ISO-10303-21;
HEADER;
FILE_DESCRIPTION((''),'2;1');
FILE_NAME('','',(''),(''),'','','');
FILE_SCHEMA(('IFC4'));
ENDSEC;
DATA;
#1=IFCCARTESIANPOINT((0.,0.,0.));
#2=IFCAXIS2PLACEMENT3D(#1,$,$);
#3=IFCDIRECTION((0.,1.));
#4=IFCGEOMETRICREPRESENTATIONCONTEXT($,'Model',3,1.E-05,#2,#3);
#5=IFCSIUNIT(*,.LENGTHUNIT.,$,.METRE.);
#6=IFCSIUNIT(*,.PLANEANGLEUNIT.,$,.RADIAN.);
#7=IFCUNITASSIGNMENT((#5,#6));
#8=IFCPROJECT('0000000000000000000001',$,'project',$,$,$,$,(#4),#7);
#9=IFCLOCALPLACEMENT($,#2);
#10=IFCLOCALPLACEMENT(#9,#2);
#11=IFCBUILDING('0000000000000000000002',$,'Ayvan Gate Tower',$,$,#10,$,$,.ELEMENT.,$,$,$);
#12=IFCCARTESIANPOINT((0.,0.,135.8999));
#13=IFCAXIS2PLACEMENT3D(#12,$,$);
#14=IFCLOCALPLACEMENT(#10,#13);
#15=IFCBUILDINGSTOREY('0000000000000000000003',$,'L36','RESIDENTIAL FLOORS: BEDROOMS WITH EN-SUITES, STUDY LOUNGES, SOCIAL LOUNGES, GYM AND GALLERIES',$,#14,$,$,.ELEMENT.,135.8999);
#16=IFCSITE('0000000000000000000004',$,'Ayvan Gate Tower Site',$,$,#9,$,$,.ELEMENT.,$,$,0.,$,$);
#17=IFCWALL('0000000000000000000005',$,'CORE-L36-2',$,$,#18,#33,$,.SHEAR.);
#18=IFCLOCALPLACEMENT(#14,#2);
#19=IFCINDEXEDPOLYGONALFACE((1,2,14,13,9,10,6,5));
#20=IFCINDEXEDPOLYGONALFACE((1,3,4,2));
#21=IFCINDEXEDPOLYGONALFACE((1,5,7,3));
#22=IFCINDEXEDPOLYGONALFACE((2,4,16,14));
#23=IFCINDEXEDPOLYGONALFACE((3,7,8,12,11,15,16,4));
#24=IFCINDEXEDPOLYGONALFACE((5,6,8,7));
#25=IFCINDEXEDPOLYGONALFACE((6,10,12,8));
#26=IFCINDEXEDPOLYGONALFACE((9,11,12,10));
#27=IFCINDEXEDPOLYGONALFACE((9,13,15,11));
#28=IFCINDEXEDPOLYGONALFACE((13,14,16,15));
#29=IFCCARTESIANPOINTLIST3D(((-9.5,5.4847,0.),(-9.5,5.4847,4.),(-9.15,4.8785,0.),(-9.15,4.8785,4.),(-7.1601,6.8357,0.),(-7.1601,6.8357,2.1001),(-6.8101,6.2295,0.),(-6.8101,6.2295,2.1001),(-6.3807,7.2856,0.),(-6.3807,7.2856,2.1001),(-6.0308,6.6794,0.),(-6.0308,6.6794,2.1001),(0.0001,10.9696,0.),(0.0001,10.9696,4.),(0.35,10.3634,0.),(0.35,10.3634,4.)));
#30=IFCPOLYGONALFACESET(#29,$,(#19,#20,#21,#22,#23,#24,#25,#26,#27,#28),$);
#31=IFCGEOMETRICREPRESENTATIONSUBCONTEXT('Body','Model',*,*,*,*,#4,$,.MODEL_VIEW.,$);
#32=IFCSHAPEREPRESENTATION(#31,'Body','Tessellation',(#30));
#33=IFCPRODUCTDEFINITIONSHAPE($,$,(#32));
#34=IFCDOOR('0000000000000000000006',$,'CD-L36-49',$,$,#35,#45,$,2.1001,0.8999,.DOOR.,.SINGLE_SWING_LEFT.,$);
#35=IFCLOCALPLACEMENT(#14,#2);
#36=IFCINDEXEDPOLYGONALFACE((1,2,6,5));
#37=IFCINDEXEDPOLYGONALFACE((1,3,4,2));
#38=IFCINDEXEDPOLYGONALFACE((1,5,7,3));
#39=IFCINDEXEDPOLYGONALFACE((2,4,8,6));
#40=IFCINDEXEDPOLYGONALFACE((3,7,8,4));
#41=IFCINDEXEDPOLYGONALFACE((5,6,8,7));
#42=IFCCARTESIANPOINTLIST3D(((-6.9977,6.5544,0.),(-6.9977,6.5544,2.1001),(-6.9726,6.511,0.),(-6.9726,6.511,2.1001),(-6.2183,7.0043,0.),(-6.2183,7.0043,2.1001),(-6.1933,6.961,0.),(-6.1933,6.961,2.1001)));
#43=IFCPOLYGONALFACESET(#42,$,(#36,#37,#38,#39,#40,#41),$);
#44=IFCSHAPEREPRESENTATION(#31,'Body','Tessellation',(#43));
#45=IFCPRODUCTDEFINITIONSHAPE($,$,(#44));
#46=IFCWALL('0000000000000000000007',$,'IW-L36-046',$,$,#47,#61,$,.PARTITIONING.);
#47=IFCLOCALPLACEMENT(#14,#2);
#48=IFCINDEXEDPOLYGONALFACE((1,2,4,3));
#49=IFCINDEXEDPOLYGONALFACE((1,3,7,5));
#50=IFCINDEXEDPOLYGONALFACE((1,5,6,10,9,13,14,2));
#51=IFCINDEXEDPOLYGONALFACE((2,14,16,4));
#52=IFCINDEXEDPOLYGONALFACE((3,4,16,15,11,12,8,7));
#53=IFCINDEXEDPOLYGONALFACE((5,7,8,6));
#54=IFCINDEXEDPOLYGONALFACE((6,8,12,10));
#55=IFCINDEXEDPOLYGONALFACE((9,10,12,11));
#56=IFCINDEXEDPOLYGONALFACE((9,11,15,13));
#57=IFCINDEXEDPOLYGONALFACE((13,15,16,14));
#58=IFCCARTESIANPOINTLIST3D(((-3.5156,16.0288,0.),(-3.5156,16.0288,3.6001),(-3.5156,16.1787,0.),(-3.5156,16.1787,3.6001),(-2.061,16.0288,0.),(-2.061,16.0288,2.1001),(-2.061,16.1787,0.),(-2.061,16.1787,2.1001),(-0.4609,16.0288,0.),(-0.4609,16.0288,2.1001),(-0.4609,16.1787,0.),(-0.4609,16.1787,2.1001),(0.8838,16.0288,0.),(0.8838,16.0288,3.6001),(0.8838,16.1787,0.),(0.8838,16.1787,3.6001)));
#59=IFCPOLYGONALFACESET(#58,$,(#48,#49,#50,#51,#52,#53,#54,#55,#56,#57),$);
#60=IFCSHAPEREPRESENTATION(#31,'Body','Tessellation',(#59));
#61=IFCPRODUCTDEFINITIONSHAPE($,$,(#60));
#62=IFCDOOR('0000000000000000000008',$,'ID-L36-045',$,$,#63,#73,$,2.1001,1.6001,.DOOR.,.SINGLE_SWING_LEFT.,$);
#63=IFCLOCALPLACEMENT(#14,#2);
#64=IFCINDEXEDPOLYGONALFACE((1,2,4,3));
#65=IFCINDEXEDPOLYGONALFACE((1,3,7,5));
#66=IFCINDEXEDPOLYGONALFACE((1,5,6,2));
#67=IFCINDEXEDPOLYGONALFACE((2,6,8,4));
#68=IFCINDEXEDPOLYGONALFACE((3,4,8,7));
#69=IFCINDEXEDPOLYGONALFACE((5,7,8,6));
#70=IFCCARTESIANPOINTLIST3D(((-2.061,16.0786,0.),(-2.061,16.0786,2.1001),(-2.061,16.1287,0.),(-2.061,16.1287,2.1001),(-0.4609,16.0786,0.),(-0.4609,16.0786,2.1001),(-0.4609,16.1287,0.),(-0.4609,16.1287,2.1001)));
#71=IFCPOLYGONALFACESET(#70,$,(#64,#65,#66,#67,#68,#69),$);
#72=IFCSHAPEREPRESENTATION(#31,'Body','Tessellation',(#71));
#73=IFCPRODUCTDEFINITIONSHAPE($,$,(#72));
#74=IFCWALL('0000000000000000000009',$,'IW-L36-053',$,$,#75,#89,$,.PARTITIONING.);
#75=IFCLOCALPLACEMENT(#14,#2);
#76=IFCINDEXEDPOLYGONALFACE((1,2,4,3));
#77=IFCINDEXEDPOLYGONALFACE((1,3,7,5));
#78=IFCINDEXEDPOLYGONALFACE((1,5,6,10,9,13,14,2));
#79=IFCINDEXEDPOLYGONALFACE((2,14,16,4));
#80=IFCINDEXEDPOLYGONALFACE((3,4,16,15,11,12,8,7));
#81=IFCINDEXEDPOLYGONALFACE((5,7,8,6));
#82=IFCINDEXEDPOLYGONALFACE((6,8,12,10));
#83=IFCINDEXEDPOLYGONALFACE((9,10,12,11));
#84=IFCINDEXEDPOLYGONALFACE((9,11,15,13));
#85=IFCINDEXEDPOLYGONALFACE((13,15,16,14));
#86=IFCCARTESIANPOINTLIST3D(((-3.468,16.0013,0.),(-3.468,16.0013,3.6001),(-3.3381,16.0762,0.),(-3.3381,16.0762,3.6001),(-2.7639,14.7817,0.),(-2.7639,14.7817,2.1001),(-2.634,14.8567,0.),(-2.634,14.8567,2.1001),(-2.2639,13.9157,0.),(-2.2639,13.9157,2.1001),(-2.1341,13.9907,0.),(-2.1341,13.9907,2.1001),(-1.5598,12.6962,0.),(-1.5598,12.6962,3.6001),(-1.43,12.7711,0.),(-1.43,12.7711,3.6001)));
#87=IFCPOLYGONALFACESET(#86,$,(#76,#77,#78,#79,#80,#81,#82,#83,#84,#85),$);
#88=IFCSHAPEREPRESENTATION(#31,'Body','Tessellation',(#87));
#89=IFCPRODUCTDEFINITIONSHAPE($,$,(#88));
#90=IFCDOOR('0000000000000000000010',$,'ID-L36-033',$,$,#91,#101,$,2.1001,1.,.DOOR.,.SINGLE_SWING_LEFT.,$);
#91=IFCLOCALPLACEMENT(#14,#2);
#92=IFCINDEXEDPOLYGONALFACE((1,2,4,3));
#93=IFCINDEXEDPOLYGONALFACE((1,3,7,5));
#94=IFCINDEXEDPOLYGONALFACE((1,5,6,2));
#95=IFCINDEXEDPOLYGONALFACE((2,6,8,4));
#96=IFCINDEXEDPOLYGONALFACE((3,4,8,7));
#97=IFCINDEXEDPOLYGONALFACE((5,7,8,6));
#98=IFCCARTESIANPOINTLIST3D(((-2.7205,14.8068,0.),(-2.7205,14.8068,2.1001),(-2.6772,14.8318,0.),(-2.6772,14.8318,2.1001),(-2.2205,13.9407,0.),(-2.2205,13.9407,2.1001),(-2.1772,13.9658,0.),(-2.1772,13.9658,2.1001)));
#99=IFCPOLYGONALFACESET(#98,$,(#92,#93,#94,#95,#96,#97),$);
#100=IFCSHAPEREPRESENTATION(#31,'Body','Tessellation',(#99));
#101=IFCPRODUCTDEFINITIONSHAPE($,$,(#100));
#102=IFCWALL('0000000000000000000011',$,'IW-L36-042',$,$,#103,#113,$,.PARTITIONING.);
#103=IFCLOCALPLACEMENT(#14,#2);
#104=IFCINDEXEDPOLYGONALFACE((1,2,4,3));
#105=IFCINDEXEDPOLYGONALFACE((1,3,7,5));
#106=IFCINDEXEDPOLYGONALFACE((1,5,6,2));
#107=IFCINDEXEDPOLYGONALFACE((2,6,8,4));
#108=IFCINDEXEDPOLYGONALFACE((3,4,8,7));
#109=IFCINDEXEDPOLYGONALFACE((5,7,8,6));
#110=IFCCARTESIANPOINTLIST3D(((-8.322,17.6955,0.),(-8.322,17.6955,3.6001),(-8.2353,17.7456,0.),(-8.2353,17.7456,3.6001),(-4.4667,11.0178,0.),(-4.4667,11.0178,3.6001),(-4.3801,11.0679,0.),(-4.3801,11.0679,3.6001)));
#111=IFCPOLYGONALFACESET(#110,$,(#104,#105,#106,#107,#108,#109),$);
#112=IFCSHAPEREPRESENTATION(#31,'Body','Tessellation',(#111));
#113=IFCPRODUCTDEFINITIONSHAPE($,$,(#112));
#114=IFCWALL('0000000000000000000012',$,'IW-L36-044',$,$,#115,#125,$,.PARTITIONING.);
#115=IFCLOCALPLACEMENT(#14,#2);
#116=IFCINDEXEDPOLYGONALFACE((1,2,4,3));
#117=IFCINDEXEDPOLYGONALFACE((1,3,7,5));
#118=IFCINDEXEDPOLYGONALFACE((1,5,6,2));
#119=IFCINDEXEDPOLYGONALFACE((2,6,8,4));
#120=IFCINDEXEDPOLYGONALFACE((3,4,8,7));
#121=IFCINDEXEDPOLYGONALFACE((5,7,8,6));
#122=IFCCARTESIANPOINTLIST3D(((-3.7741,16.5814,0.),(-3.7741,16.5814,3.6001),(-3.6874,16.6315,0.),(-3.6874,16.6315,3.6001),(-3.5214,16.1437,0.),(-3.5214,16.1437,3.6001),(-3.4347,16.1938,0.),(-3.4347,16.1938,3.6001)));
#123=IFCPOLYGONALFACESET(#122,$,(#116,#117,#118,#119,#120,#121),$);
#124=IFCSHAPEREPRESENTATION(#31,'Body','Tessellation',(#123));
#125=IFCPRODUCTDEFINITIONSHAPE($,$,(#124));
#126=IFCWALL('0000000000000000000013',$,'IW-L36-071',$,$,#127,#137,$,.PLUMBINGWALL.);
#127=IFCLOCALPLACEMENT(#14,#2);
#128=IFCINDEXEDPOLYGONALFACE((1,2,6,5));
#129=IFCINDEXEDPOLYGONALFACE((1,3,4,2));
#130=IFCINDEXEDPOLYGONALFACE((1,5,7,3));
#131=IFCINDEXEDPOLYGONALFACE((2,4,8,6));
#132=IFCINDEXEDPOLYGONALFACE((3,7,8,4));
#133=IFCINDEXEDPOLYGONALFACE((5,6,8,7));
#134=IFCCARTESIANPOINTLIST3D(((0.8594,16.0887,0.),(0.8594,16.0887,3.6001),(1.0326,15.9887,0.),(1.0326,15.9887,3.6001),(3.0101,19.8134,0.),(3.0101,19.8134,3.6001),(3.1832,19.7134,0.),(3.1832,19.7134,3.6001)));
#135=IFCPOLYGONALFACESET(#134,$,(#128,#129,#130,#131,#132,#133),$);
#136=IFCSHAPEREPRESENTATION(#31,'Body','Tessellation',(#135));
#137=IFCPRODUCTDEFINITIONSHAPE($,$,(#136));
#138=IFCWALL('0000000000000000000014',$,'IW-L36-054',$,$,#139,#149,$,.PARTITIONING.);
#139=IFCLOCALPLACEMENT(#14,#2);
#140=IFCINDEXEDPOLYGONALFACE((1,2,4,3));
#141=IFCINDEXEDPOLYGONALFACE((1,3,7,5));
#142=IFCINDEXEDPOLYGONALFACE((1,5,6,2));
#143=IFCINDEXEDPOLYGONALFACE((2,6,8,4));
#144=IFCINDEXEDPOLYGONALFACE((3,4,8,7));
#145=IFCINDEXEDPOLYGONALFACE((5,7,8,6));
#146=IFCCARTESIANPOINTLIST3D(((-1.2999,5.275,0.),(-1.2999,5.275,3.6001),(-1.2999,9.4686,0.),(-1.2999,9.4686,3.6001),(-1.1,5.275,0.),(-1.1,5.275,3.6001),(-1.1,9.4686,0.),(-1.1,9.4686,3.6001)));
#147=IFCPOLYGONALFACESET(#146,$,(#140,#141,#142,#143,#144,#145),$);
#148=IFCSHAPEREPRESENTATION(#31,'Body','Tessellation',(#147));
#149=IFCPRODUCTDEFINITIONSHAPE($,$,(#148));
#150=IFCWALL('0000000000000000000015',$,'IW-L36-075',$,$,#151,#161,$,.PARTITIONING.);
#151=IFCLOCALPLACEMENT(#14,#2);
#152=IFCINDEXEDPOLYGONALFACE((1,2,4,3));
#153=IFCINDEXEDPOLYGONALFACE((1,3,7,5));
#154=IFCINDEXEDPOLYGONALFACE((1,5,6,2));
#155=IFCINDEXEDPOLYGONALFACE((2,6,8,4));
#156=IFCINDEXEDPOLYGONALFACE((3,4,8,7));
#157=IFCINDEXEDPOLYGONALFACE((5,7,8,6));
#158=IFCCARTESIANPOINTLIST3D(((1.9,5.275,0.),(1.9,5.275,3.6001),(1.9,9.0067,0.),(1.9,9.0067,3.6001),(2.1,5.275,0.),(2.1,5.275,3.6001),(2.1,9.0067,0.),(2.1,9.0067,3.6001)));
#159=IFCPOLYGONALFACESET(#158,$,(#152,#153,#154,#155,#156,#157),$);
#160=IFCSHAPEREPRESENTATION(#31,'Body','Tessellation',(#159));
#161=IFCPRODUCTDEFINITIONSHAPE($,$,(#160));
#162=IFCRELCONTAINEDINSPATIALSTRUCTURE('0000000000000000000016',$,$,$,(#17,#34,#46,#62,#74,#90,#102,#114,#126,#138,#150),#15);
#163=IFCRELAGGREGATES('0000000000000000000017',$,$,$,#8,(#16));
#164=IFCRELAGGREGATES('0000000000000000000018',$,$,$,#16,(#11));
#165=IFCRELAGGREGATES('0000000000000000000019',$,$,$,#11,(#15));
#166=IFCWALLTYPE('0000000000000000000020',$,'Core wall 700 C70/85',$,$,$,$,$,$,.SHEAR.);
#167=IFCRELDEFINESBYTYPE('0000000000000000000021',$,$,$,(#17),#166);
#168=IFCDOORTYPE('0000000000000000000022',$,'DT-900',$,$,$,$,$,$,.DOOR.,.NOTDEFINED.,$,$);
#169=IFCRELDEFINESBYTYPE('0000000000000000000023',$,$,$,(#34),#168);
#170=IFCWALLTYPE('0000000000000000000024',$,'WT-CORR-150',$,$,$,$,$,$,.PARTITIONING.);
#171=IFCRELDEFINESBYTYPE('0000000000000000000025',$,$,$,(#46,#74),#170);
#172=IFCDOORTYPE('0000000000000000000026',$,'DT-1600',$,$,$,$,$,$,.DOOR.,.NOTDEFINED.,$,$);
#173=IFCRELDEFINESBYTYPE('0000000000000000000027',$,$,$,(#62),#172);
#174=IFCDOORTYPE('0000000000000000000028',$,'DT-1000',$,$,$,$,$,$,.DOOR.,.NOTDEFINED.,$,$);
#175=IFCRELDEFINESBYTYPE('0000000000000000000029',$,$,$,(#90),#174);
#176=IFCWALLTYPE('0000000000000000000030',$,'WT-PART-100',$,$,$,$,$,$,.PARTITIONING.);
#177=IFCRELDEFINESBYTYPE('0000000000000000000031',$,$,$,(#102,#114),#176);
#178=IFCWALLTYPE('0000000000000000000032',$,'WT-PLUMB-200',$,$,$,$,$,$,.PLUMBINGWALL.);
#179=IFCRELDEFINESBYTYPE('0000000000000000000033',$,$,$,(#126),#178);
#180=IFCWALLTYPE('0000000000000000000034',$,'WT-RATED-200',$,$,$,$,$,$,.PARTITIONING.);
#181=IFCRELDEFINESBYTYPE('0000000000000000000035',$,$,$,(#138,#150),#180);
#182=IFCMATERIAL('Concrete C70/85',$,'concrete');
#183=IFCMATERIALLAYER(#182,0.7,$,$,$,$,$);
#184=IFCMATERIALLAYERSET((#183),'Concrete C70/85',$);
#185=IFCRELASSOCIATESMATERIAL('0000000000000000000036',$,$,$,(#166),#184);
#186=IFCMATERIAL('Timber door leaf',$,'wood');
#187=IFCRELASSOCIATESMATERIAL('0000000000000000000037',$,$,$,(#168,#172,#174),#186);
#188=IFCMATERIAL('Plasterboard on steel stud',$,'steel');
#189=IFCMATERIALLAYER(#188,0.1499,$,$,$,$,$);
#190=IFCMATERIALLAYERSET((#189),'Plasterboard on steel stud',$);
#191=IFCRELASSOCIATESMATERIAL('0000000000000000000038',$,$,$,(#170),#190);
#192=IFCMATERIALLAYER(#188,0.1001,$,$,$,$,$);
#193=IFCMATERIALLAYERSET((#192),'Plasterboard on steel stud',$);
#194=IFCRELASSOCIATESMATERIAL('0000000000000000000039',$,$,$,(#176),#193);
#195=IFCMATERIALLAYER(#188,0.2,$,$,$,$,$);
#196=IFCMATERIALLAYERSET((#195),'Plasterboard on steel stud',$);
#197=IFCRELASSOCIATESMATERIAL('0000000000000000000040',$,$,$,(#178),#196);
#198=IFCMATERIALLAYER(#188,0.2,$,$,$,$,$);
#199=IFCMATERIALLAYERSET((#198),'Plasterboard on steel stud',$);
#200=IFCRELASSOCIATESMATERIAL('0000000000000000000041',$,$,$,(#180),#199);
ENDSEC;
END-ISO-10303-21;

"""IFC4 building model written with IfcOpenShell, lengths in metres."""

from ifc_helpers import new_model, si_unit, direction, frame, frame_2d, origin, place, context, subcontext, project, spatial, rectangle, extrude, material, layer, layer_set, type_object, element, fill, save


model = new_model("IFC4")

# Units and contexts
model_context = context("Model", 3, precision=1e-05, world=origin(), true_north=direction((0.0, 1.0)))
body_context = subcontext(model_context, "Body", "Model", "MODEL_VIEW")
ifc_project = project(units=[si_unit("LENGTHUNIT", "METRE"), si_unit("PLANEANGLEUNIT", "RADIAN")], contexts=[model_context])

# Site, building, storey
site_placement = place(None, origin())
site = spatial("IfcSite", under=ifc_project, at=site_placement, Name="Ayvan Gate Tower Site", CompositionType="ELEMENT", RefElevation=0.0)
building_placement = place(site_placement, origin())
building = spatial("IfcBuilding", under=site, at=building_placement, Name="Ayvan Gate Tower", CompositionType="ELEMENT")
storey_placement = place(building_placement, frame((0.0, 0.0, 135.8999)))
storey = spatial("IfcBuildingStorey", under=building, at=storey_placement, Name="L36", Description="RESIDENTIAL FLOORS: BEDROOMS WITH EN-SUITES, STUDY LOUNGES, SOCIAL LOUNGES, GYM AND GALLERIES", CompositionType="ELEMENT", Elevation=135.8999)

# Walls, openings, doors
ifc_material_1 = material(Name="Concrete C70/85", Category="concrete")
ifc_layer_1 = layer(ifc_material_1, 0.7)
ifc_layer_set_1 = layer_set([ifc_layer_1], Name="Concrete C70/85")
wall_type_1 = type_object("IfcWallType", Name="Core wall 700 C70/85", PredefinedType="SHEAR", material=ifc_layer_set_1)
wall_1_placement = place(storey_placement, frame((0.175, 10.6665, 0.0), z_axis=(0.0, 0.0, 1.0), x_axis=(-0.866024, -0.500002, 0.0)))
wall_1 = element("IfcWall", 1, at=wall_1_placement, inside=storey, type_object=wall_type_1, Name="CORE-L36-2", PredefinedType="SHEAR", context=body_context, shape_type="SweptSolid", body=[
    extrude(rectangle(XDim=10.9697, YDim=0.7, at=frame_2d((5.4849, 0.0))), origin(), (0.0, 0.0, 1.0), 4.0),
])
opening_1_placement = place(wall_1_placement, frame((7.3679, 0.0, 0.0)))
opening_1 = element("IfcOpeningElement", 2, at=opening_1_placement, cuts=wall_1, PredefinedType="OPENING", context=body_context, shape_type="SweptSolid", body=[
    extrude(rectangle(XDim=0.8999, YDim=2.1001, at=frame_2d((0.45, 1.05))), frame((0.0, 0.3599, 0.0), z_axis=(0.0, -1.0, 0.0), x_axis=(1.0, 0.0, 0.0)), (0.0, 0.0, 1.0), 0.72),
])
ifc_material_2 = material(Name="Timber door leaf", Category="wood")
door_type_1 = type_object("IfcDoorType", Name="DT-900", OperationType="NOTDEFINED", PredefinedType="DOOR", material=ifc_material_2)
door_1_placement = place(opening_1_placement, origin())
door_1 = element("IfcDoor", 3, at=door_1_placement, inside=storey, type_object=door_type_1, Name="CD-L36-49", OperationType="SINGLE_SWING_LEFT", OverallHeight=2.1001, OverallWidth=0.8999, PredefinedType="DOOR", context=body_context, shape_type="SweptSolid", body=[
    extrude(rectangle(XDim=0.8999, YDim=2.1001, at=frame_2d((0.45, 1.05))), frame((0.0, 0.0249, 0.0), z_axis=(0.0, -1.0, 0.0), x_axis=(1.0, 0.0, 0.0)), (0.0, 0.0, 1.0), 0.05),
])
fill(opening_1, door_1)
ifc_material_3 = material(Name="Plasterboard on steel stud", Category="steel")
ifc_layer_2 = layer(ifc_material_3, 0.1499)
ifc_layer_set_2 = layer_set([ifc_layer_2], Name="Plasterboard on steel stud")
wall_type_2 = type_object("IfcWallType", Name="WT-CORR-150", PredefinedType="PARTITIONING", material=ifc_layer_set_2)
wall_2_placement = place(storey_placement, frame((-3.5156, 16.1038, 0.0), z_axis=(0.0, 0.0, 1.0), x_axis=(1.0, 0.0, 0.0)))
wall_2 = element("IfcWall", 4, at=wall_2_placement, inside=storey, type_object=wall_type_2, Name="IW-L36-046", PredefinedType="PARTITIONING", context=body_context, shape_type="SweptSolid", body=[
    extrude(rectangle(XDim=4.3994, YDim=0.1499, at=frame_2d((2.1997, 0.0))), origin(), (0.0, 0.0, 1.0), 3.6001),
])
opening_2_placement = place(wall_2_placement, frame((1.4546, 0.0, 0.0)))
opening_2 = element("IfcOpeningElement", 5, at=opening_2_placement, cuts=wall_2, PredefinedType="OPENING", context=body_context, shape_type="SweptSolid", body=[
    extrude(rectangle(XDim=1.6001, YDim=2.1001, at=frame_2d((0.8, 1.05))), frame((0.0, 0.085, 0.0), z_axis=(0.0, -1.0, 0.0), x_axis=(1.0, 0.0, 0.0)), (0.0, 0.0, 1.0), 0.1699),
])
door_type_2 = type_object("IfcDoorType", Name="DT-1600", OperationType="NOTDEFINED", PredefinedType="DOOR", material=ifc_material_2)
door_2_placement = place(opening_2_placement, origin())
door_2 = element("IfcDoor", 6, at=door_2_placement, inside=storey, type_object=door_type_2, Name="ID-L36-045", OperationType="SINGLE_SWING_LEFT", OverallHeight=2.1001, OverallWidth=1.6001, PredefinedType="DOOR", context=body_context, shape_type="SweptSolid", body=[
    extrude(rectangle(XDim=1.6001, YDim=2.1001, at=frame_2d((0.8, 1.05))), frame((0.0, 0.0249, 0.0), z_axis=(0.0, -1.0, 0.0), x_axis=(1.0, 0.0, 0.0)), (0.0, 0.0, 1.0), 0.05),
])
fill(opening_2, door_2)
wall_3_placement = place(storey_placement, frame((-1.4949, 12.7336, 0.0), z_axis=(0.0, 0.0, 1.0), x_axis=(-0.499992, 0.86603, 0.0)))
wall_3 = element("IfcWall", 7, at=wall_3_placement, inside=storey, type_object=wall_type_2, Name="IW-L36-053", PredefinedType="PARTITIONING", context=body_context, shape_type="SweptSolid", body=[
    extrude(rectangle(XDim=3.8164, YDim=0.1499, at=frame_2d((1.9082, 0.0))), origin(), (0.0, 0.0, 1.0), 3.6001),
])
opening_3_placement = place(wall_3_placement, frame((1.4082, 0.0, 0.0)))
opening_3 = element("IfcOpeningElement", 8, at=opening_3_placement, cuts=wall_3, PredefinedType="OPENING", context=body_context, shape_type="SweptSolid", body=[
    extrude(rectangle(XDim=1.0, YDim=2.1001, at=frame_2d((0.5, 1.05))), frame((0.0, 0.085, 0.0), z_axis=(0.0, -1.0, 0.0), x_axis=(1.0, 0.0, 0.0)), (0.0, 0.0, 1.0), 0.1699),
])
door_type_3 = type_object("IfcDoorType", Name="DT-1000", OperationType="NOTDEFINED", PredefinedType="DOOR", material=ifc_material_2)
door_3_placement = place(opening_3_placement, origin())
door_3 = element("IfcDoor", 9, at=door_3_placement, inside=storey, type_object=door_type_3, Name="ID-L36-033", OperationType="SINGLE_SWING_LEFT", OverallHeight=2.1001, OverallWidth=1.0, PredefinedType="DOOR", context=body_context, shape_type="SweptSolid", body=[
    extrude(rectangle(XDim=1.0, YDim=2.1001, at=frame_2d((0.5, 1.05))), frame((0.0, 0.0249, 0.0), z_axis=(0.0, -1.0, 0.0), x_axis=(1.0, 0.0, 0.0)), (0.0, 0.0, 1.0), 0.05),
])
fill(opening_3, door_3)

# Walls
ifc_layer_3 = layer(ifc_material_3, 0.1001)
ifc_layer_set_3 = layer_set([ifc_layer_3], Name="Plasterboard on steel stud")
wall_type_3 = type_object("IfcWallType", Name="WT-PART-100", PredefinedType="PARTITIONING", material=ifc_layer_set_3)
wall_4_placement = place(storey_placement, frame((-4.4233, 11.0427, 0.0), z_axis=(0.0, 0.0, 1.0), x_axis=(-0.499984, 0.866035, 0.0)))
element("IfcWall", 10, at=wall_4_placement, inside=storey, type_object=wall_type_3, Name="IW-L36-042", PredefinedType="PARTITIONING", context=body_context, shape_type="SweptSolid", body=[
    extrude(rectangle(XDim=7.7107, YDim=0.1001, at=frame_2d((3.8555, 0.0))), origin(), (0.0, 0.0, 1.0), 3.6001),
])
wall_5_placement = place(storey_placement, frame((-3.7307, 16.6064, 0.0), z_axis=(0.0, 0.0, 1.0), x_axis=(0.499932, -0.866065, 0.0)))
element("IfcWall", 11, at=wall_5_placement, inside=storey, type_object=wall_type_3, Name="IW-L36-044", PredefinedType="PARTITIONING", context=body_context, shape_type="SweptSolid", body=[
    extrude(rectangle(XDim=0.5054, YDim=0.1001, at=frame_2d((0.2527, 0.0))), origin(), (0.0, 0.0, 1.0), 3.6001),
])
ifc_layer_4 = layer(ifc_material_3, 0.2)
ifc_layer_set_4 = layer_set([ifc_layer_4], Name="Plasterboard on steel stud")
wall_type_4 = type_object("IfcWallType", Name="WT-PLUMB-200", PredefinedType="PLUMBINGWALL", material=ifc_layer_set_4)
wall_6_placement = place(storey_placement, frame((0.946, 16.0388, 0.0), z_axis=(0.0, 0.0, 1.0), x_axis=(0.50004, 0.866002, 0.0)))
element("IfcWall", 12, at=wall_6_placement, inside=storey, type_object=wall_type_4, Name="IW-L36-071", PredefinedType="PLUMBINGWALL", context=body_context, shape_type="SweptSolid", body=[
    extrude(rectangle(XDim=4.301, YDim=0.2, at=frame_2d((2.1504, 0.0))), origin(), (0.0, 0.0, 1.0), 3.6001),
])
ifc_layer_5 = layer(ifc_material_3, 0.2)
ifc_layer_set_5 = layer_set([ifc_layer_5], Name="Plasterboard on steel stud")
wall_type_5 = type_object("IfcWallType", Name="WT-RATED-200", PredefinedType="PARTITIONING", material=ifc_layer_set_5)
wall_7_placement = place(storey_placement, frame((-1.2, 9.4685, 0.0), z_axis=(0.0, 0.0, 1.0), x_axis=(0.0, -1.0, 0.0)))
element("IfcWall", 13, at=wall_7_placement, inside=storey, type_object=wall_type_5, Name="IW-L36-054", PredefinedType="PARTITIONING", context=body_context, shape_type="SweptSolid", body=[
    extrude(rectangle(XDim=4.1936, YDim=0.2, at=frame_2d((2.0967, 0.0))), origin(), (0.0, 0.0, 1.0), 3.6001),
])
wall_8_placement = place(storey_placement, frame((2.0, 9.0066, 0.0), z_axis=(0.0, 0.0, 1.0), x_axis=(0.0, -1.0, 0.0)))
element("IfcWall", 14, at=wall_8_placement, inside=storey, type_object=wall_type_5, Name="IW-L36-075", PredefinedType="PARTITIONING", context=body_context, shape_type="SweptSolid", body=[
    extrude(rectangle(XDim=3.7317, YDim=0.2, at=frame_2d((1.8657, 0.0))), origin(), (0.0, 0.0, 1.0), 3.6001),
])

save(model, "model.ifc")
